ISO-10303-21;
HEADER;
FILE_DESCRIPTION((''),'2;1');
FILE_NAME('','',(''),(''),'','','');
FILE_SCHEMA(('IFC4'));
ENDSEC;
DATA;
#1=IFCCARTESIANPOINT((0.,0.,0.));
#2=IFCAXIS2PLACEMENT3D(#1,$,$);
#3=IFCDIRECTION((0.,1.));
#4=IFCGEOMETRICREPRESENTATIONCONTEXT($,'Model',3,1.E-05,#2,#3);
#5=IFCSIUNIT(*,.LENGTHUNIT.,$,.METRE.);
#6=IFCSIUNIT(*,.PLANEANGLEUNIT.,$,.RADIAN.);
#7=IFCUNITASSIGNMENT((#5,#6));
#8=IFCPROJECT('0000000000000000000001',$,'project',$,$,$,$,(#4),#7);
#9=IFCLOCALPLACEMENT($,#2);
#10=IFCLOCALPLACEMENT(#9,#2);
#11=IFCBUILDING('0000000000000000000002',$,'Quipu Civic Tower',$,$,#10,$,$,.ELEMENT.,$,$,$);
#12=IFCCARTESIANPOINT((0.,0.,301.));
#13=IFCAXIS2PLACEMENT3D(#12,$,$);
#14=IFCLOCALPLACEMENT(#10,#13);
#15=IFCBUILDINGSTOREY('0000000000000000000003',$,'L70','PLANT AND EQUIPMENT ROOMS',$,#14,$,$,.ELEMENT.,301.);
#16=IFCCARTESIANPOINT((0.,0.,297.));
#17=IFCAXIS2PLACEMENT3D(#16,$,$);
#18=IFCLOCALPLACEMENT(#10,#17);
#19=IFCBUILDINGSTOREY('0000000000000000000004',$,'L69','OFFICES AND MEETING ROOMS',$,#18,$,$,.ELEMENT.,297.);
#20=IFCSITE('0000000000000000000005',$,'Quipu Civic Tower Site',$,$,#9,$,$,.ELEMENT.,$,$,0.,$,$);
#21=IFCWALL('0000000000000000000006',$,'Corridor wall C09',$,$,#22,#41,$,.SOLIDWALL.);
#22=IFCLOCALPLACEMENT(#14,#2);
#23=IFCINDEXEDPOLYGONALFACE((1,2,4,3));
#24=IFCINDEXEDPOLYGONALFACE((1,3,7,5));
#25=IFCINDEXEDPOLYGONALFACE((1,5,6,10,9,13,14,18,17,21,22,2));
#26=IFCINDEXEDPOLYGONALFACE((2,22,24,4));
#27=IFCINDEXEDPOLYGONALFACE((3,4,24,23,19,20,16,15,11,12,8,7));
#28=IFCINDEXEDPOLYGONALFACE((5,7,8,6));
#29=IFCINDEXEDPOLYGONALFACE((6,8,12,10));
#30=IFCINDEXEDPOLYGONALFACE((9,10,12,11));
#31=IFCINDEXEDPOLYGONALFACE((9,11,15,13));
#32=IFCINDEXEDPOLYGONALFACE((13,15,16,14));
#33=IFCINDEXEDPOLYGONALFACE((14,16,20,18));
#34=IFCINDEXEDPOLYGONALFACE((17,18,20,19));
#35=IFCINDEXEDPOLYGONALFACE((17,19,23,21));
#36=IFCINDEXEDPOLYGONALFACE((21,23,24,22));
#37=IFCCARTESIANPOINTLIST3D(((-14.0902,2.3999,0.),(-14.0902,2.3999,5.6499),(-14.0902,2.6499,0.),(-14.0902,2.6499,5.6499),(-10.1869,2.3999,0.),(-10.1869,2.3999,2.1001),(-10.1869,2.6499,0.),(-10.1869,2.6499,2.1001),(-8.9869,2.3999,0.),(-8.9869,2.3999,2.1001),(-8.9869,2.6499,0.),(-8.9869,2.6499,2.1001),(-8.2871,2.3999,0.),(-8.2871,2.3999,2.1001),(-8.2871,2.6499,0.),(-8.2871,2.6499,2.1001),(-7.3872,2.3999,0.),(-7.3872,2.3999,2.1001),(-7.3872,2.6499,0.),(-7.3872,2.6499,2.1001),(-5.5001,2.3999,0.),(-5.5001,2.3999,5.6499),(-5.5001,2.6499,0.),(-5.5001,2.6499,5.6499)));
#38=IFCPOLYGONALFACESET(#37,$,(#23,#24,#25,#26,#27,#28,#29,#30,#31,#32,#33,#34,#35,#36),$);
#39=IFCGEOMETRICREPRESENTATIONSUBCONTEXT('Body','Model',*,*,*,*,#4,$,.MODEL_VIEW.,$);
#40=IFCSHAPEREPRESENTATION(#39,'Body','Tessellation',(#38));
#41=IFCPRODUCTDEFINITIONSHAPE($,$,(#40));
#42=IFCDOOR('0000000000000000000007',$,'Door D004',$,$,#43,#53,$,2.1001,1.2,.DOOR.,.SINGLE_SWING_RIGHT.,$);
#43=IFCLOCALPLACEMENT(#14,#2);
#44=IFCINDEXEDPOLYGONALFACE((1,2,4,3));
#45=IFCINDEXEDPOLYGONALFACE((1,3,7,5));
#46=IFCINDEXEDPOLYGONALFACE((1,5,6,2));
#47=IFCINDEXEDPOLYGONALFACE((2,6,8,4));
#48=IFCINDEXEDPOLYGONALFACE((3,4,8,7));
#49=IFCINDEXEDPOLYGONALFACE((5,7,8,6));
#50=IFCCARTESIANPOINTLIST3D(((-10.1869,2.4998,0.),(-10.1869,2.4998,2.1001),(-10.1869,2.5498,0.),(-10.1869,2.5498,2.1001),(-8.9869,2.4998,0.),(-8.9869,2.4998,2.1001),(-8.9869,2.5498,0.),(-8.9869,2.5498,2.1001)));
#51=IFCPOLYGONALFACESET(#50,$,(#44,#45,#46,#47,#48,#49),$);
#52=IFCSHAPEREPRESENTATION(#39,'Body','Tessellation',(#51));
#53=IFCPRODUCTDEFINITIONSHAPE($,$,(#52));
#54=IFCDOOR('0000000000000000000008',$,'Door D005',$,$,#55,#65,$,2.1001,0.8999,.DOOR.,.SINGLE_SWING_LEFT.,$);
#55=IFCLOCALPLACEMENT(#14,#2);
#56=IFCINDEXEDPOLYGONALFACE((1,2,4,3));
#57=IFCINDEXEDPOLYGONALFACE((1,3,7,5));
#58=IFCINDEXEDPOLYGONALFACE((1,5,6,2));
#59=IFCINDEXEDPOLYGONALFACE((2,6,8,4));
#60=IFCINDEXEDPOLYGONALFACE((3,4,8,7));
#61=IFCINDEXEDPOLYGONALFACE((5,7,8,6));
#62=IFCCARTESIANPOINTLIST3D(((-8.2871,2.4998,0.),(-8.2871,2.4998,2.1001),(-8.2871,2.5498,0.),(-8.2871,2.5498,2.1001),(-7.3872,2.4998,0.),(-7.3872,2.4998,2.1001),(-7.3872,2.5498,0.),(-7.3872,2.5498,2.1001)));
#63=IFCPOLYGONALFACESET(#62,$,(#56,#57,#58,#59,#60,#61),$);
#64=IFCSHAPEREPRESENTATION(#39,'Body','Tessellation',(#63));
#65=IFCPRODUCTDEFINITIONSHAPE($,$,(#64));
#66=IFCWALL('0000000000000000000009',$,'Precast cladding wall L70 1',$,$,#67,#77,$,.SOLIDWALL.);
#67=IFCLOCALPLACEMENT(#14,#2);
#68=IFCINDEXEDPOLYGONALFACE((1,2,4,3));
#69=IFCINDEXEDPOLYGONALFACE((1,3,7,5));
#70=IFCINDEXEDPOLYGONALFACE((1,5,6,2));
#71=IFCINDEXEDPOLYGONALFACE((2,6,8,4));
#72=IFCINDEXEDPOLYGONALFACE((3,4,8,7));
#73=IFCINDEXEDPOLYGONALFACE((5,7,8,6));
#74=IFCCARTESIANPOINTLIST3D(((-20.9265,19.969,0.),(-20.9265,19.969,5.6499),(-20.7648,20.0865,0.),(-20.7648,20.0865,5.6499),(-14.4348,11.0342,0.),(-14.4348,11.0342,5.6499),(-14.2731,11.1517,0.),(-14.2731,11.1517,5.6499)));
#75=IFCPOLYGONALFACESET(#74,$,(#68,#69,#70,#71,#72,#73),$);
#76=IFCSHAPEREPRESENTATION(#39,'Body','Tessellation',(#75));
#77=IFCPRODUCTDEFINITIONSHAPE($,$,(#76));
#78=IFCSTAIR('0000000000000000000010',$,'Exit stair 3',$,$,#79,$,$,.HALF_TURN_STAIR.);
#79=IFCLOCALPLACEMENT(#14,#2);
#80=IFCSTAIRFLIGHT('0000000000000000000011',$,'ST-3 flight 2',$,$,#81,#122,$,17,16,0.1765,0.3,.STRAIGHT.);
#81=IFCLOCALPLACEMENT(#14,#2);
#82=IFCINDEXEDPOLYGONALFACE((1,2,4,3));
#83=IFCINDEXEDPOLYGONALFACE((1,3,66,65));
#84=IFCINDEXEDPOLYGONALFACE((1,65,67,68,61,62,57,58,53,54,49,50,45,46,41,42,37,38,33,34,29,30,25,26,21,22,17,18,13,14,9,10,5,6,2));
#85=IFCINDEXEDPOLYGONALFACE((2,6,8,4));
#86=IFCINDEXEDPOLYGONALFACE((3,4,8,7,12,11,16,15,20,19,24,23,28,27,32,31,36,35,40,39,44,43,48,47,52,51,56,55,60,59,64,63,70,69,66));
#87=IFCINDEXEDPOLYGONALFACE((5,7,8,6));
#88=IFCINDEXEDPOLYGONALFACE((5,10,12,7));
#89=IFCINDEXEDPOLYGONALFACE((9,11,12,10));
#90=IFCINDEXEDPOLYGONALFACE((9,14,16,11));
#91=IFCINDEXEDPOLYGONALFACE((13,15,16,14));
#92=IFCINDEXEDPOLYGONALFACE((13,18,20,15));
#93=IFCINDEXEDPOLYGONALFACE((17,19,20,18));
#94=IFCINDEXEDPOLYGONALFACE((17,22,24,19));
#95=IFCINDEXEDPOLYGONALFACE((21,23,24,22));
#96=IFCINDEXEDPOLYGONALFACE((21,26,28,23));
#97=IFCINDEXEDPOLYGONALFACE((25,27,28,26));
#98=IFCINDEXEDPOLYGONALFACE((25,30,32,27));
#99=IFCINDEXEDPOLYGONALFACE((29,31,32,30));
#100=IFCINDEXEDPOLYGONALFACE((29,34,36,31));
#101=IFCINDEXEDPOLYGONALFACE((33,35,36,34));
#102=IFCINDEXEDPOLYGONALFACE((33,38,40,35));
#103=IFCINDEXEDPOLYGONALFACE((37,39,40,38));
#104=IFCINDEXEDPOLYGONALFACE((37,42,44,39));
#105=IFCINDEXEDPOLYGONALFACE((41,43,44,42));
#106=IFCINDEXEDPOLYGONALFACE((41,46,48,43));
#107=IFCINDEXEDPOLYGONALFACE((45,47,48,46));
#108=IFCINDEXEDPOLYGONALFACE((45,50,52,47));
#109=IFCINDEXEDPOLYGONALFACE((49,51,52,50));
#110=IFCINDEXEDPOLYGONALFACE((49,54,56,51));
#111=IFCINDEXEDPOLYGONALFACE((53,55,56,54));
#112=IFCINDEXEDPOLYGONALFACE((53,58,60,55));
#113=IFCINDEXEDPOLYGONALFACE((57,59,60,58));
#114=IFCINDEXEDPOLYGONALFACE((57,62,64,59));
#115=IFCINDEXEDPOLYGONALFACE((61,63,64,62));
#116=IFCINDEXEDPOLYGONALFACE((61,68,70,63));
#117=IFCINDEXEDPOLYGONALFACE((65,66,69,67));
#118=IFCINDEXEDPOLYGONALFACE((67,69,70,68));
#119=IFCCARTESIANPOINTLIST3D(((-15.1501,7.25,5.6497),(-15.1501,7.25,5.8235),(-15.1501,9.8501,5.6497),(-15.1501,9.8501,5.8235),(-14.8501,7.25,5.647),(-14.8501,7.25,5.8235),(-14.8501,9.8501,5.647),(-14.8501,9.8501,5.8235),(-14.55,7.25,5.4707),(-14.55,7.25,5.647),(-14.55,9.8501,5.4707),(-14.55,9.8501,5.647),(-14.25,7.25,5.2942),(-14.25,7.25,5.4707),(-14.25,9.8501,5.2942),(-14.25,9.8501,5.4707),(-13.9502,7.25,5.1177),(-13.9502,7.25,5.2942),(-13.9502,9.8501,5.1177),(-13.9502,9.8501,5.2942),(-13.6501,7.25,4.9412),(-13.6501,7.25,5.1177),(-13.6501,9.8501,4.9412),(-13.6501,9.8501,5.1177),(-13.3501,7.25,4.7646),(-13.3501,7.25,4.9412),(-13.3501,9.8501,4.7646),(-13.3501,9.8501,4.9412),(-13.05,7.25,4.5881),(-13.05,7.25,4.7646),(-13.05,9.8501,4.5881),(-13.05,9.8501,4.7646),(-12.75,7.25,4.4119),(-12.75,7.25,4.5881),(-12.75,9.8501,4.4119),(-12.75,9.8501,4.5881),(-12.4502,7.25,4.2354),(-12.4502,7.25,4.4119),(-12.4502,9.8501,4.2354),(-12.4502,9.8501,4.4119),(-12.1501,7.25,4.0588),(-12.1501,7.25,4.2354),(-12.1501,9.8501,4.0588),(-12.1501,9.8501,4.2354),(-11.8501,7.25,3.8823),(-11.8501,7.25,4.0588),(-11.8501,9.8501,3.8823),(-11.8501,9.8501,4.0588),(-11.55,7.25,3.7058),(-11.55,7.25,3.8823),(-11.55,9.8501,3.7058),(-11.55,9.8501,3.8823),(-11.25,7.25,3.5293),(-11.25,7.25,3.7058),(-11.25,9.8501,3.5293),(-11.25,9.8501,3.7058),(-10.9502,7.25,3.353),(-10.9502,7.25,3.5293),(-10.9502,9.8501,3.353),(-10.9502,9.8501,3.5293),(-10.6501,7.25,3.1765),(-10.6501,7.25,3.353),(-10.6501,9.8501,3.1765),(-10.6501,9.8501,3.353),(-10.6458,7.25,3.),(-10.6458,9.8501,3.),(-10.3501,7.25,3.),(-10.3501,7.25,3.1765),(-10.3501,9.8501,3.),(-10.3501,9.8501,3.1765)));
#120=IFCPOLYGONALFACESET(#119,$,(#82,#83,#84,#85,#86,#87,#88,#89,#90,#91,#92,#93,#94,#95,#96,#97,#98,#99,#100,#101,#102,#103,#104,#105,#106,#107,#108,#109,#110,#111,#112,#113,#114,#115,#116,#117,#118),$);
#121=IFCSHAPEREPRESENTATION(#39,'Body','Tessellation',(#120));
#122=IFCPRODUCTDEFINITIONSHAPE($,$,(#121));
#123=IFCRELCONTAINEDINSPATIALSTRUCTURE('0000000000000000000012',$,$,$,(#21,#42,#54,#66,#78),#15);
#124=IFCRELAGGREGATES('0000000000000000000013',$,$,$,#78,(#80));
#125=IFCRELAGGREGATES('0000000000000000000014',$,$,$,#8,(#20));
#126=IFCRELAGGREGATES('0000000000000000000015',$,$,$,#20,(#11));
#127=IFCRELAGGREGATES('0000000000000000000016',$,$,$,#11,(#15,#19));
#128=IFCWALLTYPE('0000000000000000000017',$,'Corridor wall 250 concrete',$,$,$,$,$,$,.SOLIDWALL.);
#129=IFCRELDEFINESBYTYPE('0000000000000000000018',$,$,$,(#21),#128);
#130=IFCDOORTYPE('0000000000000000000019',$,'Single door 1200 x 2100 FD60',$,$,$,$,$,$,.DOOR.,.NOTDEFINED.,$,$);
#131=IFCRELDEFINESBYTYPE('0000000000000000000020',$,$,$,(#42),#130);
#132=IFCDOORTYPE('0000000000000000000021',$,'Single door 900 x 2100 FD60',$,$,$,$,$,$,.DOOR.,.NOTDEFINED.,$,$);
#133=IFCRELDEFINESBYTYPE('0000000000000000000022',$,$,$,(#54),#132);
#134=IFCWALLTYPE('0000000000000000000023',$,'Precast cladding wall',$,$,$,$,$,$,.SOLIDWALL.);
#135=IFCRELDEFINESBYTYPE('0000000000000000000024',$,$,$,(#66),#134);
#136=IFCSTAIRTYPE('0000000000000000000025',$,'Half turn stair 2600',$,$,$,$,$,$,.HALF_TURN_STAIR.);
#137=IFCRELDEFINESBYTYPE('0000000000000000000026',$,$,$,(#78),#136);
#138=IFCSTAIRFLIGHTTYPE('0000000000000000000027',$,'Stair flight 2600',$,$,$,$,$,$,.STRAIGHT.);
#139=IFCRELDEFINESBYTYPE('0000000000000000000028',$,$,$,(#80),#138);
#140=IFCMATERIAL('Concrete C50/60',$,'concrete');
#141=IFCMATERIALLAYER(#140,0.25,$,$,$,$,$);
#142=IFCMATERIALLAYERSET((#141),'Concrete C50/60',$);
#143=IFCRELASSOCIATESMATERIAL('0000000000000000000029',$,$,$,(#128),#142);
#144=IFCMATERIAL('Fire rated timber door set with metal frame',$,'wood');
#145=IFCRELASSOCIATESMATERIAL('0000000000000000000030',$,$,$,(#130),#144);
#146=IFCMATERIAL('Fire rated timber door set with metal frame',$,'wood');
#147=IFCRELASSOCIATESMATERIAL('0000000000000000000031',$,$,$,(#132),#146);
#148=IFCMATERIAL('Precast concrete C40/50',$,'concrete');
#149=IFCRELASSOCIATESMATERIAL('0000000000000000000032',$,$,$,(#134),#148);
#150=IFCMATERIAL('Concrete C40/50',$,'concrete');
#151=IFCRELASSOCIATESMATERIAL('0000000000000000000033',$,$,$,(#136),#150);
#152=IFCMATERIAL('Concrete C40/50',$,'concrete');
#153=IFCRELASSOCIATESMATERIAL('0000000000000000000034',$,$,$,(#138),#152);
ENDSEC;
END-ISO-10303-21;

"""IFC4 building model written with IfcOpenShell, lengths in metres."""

from ifc_helpers import new_model, si_unit, direction, frame, frame_2d, origin, place, context, subcontext, project, spatial, polyline, rectangle, outline, extrude, material, layer, layer_set, type_object, element, fill, aggregate, save


model = new_model("IFC4")

# Units and contexts
model_context = context("Model", 3, precision=1e-05, world=origin(), true_north=direction((0.0, 1.0)))
body_context = subcontext(model_context, "Body", "Model", "MODEL_VIEW")
ifc_project = project(units=[si_unit("LENGTHUNIT", "METRE"), si_unit("PLANEANGLEUNIT", "RADIAN")], contexts=[model_context])

# Site, building, storey
site_placement = place(None, origin())
site = spatial("IfcSite", under=ifc_project, at=site_placement, Name="Quipu Civic Tower Site", CompositionType="ELEMENT", RefElevation=0.0)
building_placement = place(site_placement, origin())
building = spatial("IfcBuilding", under=site, at=building_placement, Name="Quipu Civic Tower", CompositionType="ELEMENT")
storey_1_placement = place(building_placement, frame((0.0, 0.0, 301.0)))
storey_1 = spatial("IfcBuildingStorey", under=building, at=storey_1_placement, Name="L70", Description="PLANT AND EQUIPMENT ROOMS", CompositionType="ELEMENT", Elevation=301.0)

# Shared definitions
storey_2_placement = place(building_placement, frame((0.0, 0.0, 297.0)))
storey_2 = spatial("IfcBuildingStorey", under=building, at=storey_2_placement, Name="L69", Description="OFFICES AND MEETING ROOMS", CompositionType="ELEMENT", Elevation=297.0)

# Shared definitions
ifc_material_1 = material(Name="Concrete C50/60", Category="concrete")
ifc_layer_1 = layer(ifc_material_1, 0.25)
ifc_layer_set_1 = layer_set([ifc_layer_1], Name="Concrete C50/60")
wall_type_1 = type_object("IfcWallType", Name="Corridor wall 250 concrete", PredefinedType="SOLIDWALL", material=ifc_layer_set_1)

# Wall, openings, doors
wall_1_placement = place(storey_1_placement, frame((-14.0901, 2.5249, 0.0), z_axis=(0.0, 0.0, 1.0), x_axis=(1.0, 0.0, 0.0)))
wall_1 = element("IfcWall", 1, at=wall_1_placement, inside=storey_1, type_object=wall_type_1, Name="Corridor wall C09", PredefinedType="SOLIDWALL", context=body_context, shape_type="SweptSolid", body=[
    extrude(rectangle(XDim=8.5901, YDim=0.25, at=frame_2d((4.2949, 0.0))), origin(), (0.0, 0.0, 1.0), 5.6499),
])
opening_1_placement = place(wall_1_placement, frame((5.803, 0.0, 0.0)))
opening_1 = element("IfcOpeningElement", 2, at=opening_1_placement, cuts=wall_1, PredefinedType="OPENING", context=body_context, shape_type="SweptSolid", body=[
    extrude(rectangle(XDim=0.8999, YDim=2.1001, at=frame_2d((0.45, 1.05))), frame((0.0, 0.135, 0.0), z_axis=(0.0, -1.0, 0.0), x_axis=(1.0, 0.0, 0.0)), (0.0, 0.0, 1.0), 0.27),
])
opening_2_placement = place(wall_1_placement, frame((3.9031, 0.0, 0.0)))
opening_2 = element("IfcOpeningElement", 3, at=opening_2_placement, cuts=wall_1, PredefinedType="OPENING", context=body_context, shape_type="SweptSolid", body=[
    extrude(rectangle(XDim=1.2, YDim=2.1001, at=frame_2d((0.6001, 1.05))), frame((0.0, 0.135, 0.0), z_axis=(0.0, -1.0, 0.0), x_axis=(1.0, 0.0, 0.0)), (0.0, 0.0, 1.0), 0.27),
])
ifc_material_2 = material(Name="Fire rated timber door set with metal frame", Category="wood")
door_type_1 = type_object("IfcDoorType", Name="Single door 1200 x 2100 FD60", OperationType="NOTDEFINED", PredefinedType="DOOR", material=ifc_material_2)
door_1_placement = place(opening_2_placement, origin())
door_1 = element("IfcDoor", 4, at=door_1_placement, inside=storey_1, type_object=door_type_1, Name="Door D004", OperationType="SINGLE_SWING_RIGHT", OverallHeight=2.1001, OverallWidth=1.2, PredefinedType="DOOR", context=body_context, shape_type="SweptSolid", body=[
    extrude(rectangle(XDim=1.2, YDim=2.1001, at=frame_2d((0.6001, 1.05))), frame((0.0, 0.0249, 0.0), z_axis=(0.0, -1.0, 0.0), x_axis=(1.0, 0.0, 0.0)), (0.0, 0.0, 1.0), 0.05),
])
fill(opening_2, door_1)
ifc_material_3 = material(Name="Fire rated timber door set with metal frame", Category="wood")
door_type_2 = type_object("IfcDoorType", Name="Single door 900 x 2100 FD60", OperationType="NOTDEFINED", PredefinedType="DOOR", material=ifc_material_3)
door_2_placement = place(opening_1_placement, origin())
door_2 = element("IfcDoor", 5, at=door_2_placement, inside=storey_1, type_object=door_type_2, Name="Door D005", OperationType="SINGLE_SWING_LEFT", OverallHeight=2.1001, OverallWidth=0.8999, PredefinedType="DOOR", context=body_context, shape_type="SweptSolid", body=[
    extrude(rectangle(XDim=0.8999, YDim=2.1001, at=frame_2d((0.45, 1.05))), frame((0.0, 0.0249, 0.0), z_axis=(0.0, -1.0, 0.0), x_axis=(1.0, 0.0, 0.0)), (0.0, 0.0, 1.0), 0.05),
])
fill(opening_1, door_2)

# Wall
ifc_material_4 = material(Name="Precast concrete C40/50", Category="concrete")
wall_type_2 = type_object("IfcWallType", Name="Precast cladding wall", PredefinedType="SOLIDWALL", material=ifc_material_4)
wall_2_placement = place(storey_1_placement, frame((-14.354, 11.093, 0.0), z_axis=(0.0, 0.0, 1.0), x_axis=(-0.587796, 0.809009, 0.0)))
element("IfcWall", 6, at=wall_2_placement, inside=storey_1, type_object=wall_type_2, Name="Precast cladding wall L70 1", PredefinedType="SOLIDWALL", context=body_context, shape_type="SweptSolid", body=[
    extrude(rectangle(XDim=11.0442, YDim=0.2, at=frame_2d((5.522, 0.0))), origin(), (0.0, 0.0, 1.0), 5.6499),
])

# Stair, stair flight
ifc_material_5 = material(Name="Concrete C40/50", Category="concrete")
stair_type_1 = type_object("IfcStairType", Name="Half turn stair 2600", PredefinedType="HALF_TURN_STAIR", material=ifc_material_5)
stair_1_placement = place(storey_1_placement, origin())
stair_1 = element("IfcStair", 7, at=stair_1_placement, inside=storey_1, type_object=stair_type_1, Name="Exit stair 3", PredefinedType="HALF_TURN_STAIR")
ifc_material_6 = material(Name="Concrete C40/50", Category="concrete")
stair_flight_type = type_object("IfcStairFlightType", Name="Stair flight 2600", PredefinedType="STRAIGHT", material=ifc_material_6)
stair_flight_placement = place(storey_1_placement, frame((-10.3501, 8.55, 3.0), z_axis=(0.0, 0.0, 1.0), x_axis=(-1.0, 0.0, 0.0)))
stair_flight = element("IfcStairFlight", 8, at=stair_flight_placement, type_object=stair_flight_type, Name="ST-3 flight 2", NumberOfRisers=17, NumberOfTreads=16, PredefinedType="STRAIGHT", RiserHeight=0.1765, TreadLength=0.3, context=body_context, shape_type="SweptSolid", body=[
    extrude(outline(polyline([(0.0, 0.0), (0.0, 0.1765), (0.3, 0.1765), (0.3, 0.353), (0.6001, 0.353), (0.6001, 0.5293), (0.8999, 0.5293), (0.8999, 0.7058), (1.2, 0.7058), (1.2, 0.8823), (1.5, 0.8823), (1.5, 1.0588), (1.8, 1.0588), (1.8, 1.2354), (2.1001, 1.2354), (2.1001, 1.4119), (2.3999, 1.4119), (2.3999, 1.5881), (2.7, 1.5881), (2.7, 1.7646), (3.0, 1.7646), (3.0, 1.9412), (3.3, 1.9412), (3.3, 2.1177), (3.6001, 2.1177), (3.6001, 2.2942), (3.8999, 2.2942), (3.8999, 2.4707), (4.2, 2.4707), (4.2, 2.647), (4.5, 2.647), (4.5, 2.8235), (4.8, 2.8235), (4.8, 3.0), (4.8, 2.6497), (0.2957, 0.0), (0.0, 0.0)])), frame((0.0, 1.3, 0.0), z_axis=(0.0, -1.0, 0.0), x_axis=(1.0, 0.0, 0.0)), (0.0, 0.0, 1.0), 2.6001),
])
aggregate(stair_1, [stair_flight])

save(model, "model.ifc")
